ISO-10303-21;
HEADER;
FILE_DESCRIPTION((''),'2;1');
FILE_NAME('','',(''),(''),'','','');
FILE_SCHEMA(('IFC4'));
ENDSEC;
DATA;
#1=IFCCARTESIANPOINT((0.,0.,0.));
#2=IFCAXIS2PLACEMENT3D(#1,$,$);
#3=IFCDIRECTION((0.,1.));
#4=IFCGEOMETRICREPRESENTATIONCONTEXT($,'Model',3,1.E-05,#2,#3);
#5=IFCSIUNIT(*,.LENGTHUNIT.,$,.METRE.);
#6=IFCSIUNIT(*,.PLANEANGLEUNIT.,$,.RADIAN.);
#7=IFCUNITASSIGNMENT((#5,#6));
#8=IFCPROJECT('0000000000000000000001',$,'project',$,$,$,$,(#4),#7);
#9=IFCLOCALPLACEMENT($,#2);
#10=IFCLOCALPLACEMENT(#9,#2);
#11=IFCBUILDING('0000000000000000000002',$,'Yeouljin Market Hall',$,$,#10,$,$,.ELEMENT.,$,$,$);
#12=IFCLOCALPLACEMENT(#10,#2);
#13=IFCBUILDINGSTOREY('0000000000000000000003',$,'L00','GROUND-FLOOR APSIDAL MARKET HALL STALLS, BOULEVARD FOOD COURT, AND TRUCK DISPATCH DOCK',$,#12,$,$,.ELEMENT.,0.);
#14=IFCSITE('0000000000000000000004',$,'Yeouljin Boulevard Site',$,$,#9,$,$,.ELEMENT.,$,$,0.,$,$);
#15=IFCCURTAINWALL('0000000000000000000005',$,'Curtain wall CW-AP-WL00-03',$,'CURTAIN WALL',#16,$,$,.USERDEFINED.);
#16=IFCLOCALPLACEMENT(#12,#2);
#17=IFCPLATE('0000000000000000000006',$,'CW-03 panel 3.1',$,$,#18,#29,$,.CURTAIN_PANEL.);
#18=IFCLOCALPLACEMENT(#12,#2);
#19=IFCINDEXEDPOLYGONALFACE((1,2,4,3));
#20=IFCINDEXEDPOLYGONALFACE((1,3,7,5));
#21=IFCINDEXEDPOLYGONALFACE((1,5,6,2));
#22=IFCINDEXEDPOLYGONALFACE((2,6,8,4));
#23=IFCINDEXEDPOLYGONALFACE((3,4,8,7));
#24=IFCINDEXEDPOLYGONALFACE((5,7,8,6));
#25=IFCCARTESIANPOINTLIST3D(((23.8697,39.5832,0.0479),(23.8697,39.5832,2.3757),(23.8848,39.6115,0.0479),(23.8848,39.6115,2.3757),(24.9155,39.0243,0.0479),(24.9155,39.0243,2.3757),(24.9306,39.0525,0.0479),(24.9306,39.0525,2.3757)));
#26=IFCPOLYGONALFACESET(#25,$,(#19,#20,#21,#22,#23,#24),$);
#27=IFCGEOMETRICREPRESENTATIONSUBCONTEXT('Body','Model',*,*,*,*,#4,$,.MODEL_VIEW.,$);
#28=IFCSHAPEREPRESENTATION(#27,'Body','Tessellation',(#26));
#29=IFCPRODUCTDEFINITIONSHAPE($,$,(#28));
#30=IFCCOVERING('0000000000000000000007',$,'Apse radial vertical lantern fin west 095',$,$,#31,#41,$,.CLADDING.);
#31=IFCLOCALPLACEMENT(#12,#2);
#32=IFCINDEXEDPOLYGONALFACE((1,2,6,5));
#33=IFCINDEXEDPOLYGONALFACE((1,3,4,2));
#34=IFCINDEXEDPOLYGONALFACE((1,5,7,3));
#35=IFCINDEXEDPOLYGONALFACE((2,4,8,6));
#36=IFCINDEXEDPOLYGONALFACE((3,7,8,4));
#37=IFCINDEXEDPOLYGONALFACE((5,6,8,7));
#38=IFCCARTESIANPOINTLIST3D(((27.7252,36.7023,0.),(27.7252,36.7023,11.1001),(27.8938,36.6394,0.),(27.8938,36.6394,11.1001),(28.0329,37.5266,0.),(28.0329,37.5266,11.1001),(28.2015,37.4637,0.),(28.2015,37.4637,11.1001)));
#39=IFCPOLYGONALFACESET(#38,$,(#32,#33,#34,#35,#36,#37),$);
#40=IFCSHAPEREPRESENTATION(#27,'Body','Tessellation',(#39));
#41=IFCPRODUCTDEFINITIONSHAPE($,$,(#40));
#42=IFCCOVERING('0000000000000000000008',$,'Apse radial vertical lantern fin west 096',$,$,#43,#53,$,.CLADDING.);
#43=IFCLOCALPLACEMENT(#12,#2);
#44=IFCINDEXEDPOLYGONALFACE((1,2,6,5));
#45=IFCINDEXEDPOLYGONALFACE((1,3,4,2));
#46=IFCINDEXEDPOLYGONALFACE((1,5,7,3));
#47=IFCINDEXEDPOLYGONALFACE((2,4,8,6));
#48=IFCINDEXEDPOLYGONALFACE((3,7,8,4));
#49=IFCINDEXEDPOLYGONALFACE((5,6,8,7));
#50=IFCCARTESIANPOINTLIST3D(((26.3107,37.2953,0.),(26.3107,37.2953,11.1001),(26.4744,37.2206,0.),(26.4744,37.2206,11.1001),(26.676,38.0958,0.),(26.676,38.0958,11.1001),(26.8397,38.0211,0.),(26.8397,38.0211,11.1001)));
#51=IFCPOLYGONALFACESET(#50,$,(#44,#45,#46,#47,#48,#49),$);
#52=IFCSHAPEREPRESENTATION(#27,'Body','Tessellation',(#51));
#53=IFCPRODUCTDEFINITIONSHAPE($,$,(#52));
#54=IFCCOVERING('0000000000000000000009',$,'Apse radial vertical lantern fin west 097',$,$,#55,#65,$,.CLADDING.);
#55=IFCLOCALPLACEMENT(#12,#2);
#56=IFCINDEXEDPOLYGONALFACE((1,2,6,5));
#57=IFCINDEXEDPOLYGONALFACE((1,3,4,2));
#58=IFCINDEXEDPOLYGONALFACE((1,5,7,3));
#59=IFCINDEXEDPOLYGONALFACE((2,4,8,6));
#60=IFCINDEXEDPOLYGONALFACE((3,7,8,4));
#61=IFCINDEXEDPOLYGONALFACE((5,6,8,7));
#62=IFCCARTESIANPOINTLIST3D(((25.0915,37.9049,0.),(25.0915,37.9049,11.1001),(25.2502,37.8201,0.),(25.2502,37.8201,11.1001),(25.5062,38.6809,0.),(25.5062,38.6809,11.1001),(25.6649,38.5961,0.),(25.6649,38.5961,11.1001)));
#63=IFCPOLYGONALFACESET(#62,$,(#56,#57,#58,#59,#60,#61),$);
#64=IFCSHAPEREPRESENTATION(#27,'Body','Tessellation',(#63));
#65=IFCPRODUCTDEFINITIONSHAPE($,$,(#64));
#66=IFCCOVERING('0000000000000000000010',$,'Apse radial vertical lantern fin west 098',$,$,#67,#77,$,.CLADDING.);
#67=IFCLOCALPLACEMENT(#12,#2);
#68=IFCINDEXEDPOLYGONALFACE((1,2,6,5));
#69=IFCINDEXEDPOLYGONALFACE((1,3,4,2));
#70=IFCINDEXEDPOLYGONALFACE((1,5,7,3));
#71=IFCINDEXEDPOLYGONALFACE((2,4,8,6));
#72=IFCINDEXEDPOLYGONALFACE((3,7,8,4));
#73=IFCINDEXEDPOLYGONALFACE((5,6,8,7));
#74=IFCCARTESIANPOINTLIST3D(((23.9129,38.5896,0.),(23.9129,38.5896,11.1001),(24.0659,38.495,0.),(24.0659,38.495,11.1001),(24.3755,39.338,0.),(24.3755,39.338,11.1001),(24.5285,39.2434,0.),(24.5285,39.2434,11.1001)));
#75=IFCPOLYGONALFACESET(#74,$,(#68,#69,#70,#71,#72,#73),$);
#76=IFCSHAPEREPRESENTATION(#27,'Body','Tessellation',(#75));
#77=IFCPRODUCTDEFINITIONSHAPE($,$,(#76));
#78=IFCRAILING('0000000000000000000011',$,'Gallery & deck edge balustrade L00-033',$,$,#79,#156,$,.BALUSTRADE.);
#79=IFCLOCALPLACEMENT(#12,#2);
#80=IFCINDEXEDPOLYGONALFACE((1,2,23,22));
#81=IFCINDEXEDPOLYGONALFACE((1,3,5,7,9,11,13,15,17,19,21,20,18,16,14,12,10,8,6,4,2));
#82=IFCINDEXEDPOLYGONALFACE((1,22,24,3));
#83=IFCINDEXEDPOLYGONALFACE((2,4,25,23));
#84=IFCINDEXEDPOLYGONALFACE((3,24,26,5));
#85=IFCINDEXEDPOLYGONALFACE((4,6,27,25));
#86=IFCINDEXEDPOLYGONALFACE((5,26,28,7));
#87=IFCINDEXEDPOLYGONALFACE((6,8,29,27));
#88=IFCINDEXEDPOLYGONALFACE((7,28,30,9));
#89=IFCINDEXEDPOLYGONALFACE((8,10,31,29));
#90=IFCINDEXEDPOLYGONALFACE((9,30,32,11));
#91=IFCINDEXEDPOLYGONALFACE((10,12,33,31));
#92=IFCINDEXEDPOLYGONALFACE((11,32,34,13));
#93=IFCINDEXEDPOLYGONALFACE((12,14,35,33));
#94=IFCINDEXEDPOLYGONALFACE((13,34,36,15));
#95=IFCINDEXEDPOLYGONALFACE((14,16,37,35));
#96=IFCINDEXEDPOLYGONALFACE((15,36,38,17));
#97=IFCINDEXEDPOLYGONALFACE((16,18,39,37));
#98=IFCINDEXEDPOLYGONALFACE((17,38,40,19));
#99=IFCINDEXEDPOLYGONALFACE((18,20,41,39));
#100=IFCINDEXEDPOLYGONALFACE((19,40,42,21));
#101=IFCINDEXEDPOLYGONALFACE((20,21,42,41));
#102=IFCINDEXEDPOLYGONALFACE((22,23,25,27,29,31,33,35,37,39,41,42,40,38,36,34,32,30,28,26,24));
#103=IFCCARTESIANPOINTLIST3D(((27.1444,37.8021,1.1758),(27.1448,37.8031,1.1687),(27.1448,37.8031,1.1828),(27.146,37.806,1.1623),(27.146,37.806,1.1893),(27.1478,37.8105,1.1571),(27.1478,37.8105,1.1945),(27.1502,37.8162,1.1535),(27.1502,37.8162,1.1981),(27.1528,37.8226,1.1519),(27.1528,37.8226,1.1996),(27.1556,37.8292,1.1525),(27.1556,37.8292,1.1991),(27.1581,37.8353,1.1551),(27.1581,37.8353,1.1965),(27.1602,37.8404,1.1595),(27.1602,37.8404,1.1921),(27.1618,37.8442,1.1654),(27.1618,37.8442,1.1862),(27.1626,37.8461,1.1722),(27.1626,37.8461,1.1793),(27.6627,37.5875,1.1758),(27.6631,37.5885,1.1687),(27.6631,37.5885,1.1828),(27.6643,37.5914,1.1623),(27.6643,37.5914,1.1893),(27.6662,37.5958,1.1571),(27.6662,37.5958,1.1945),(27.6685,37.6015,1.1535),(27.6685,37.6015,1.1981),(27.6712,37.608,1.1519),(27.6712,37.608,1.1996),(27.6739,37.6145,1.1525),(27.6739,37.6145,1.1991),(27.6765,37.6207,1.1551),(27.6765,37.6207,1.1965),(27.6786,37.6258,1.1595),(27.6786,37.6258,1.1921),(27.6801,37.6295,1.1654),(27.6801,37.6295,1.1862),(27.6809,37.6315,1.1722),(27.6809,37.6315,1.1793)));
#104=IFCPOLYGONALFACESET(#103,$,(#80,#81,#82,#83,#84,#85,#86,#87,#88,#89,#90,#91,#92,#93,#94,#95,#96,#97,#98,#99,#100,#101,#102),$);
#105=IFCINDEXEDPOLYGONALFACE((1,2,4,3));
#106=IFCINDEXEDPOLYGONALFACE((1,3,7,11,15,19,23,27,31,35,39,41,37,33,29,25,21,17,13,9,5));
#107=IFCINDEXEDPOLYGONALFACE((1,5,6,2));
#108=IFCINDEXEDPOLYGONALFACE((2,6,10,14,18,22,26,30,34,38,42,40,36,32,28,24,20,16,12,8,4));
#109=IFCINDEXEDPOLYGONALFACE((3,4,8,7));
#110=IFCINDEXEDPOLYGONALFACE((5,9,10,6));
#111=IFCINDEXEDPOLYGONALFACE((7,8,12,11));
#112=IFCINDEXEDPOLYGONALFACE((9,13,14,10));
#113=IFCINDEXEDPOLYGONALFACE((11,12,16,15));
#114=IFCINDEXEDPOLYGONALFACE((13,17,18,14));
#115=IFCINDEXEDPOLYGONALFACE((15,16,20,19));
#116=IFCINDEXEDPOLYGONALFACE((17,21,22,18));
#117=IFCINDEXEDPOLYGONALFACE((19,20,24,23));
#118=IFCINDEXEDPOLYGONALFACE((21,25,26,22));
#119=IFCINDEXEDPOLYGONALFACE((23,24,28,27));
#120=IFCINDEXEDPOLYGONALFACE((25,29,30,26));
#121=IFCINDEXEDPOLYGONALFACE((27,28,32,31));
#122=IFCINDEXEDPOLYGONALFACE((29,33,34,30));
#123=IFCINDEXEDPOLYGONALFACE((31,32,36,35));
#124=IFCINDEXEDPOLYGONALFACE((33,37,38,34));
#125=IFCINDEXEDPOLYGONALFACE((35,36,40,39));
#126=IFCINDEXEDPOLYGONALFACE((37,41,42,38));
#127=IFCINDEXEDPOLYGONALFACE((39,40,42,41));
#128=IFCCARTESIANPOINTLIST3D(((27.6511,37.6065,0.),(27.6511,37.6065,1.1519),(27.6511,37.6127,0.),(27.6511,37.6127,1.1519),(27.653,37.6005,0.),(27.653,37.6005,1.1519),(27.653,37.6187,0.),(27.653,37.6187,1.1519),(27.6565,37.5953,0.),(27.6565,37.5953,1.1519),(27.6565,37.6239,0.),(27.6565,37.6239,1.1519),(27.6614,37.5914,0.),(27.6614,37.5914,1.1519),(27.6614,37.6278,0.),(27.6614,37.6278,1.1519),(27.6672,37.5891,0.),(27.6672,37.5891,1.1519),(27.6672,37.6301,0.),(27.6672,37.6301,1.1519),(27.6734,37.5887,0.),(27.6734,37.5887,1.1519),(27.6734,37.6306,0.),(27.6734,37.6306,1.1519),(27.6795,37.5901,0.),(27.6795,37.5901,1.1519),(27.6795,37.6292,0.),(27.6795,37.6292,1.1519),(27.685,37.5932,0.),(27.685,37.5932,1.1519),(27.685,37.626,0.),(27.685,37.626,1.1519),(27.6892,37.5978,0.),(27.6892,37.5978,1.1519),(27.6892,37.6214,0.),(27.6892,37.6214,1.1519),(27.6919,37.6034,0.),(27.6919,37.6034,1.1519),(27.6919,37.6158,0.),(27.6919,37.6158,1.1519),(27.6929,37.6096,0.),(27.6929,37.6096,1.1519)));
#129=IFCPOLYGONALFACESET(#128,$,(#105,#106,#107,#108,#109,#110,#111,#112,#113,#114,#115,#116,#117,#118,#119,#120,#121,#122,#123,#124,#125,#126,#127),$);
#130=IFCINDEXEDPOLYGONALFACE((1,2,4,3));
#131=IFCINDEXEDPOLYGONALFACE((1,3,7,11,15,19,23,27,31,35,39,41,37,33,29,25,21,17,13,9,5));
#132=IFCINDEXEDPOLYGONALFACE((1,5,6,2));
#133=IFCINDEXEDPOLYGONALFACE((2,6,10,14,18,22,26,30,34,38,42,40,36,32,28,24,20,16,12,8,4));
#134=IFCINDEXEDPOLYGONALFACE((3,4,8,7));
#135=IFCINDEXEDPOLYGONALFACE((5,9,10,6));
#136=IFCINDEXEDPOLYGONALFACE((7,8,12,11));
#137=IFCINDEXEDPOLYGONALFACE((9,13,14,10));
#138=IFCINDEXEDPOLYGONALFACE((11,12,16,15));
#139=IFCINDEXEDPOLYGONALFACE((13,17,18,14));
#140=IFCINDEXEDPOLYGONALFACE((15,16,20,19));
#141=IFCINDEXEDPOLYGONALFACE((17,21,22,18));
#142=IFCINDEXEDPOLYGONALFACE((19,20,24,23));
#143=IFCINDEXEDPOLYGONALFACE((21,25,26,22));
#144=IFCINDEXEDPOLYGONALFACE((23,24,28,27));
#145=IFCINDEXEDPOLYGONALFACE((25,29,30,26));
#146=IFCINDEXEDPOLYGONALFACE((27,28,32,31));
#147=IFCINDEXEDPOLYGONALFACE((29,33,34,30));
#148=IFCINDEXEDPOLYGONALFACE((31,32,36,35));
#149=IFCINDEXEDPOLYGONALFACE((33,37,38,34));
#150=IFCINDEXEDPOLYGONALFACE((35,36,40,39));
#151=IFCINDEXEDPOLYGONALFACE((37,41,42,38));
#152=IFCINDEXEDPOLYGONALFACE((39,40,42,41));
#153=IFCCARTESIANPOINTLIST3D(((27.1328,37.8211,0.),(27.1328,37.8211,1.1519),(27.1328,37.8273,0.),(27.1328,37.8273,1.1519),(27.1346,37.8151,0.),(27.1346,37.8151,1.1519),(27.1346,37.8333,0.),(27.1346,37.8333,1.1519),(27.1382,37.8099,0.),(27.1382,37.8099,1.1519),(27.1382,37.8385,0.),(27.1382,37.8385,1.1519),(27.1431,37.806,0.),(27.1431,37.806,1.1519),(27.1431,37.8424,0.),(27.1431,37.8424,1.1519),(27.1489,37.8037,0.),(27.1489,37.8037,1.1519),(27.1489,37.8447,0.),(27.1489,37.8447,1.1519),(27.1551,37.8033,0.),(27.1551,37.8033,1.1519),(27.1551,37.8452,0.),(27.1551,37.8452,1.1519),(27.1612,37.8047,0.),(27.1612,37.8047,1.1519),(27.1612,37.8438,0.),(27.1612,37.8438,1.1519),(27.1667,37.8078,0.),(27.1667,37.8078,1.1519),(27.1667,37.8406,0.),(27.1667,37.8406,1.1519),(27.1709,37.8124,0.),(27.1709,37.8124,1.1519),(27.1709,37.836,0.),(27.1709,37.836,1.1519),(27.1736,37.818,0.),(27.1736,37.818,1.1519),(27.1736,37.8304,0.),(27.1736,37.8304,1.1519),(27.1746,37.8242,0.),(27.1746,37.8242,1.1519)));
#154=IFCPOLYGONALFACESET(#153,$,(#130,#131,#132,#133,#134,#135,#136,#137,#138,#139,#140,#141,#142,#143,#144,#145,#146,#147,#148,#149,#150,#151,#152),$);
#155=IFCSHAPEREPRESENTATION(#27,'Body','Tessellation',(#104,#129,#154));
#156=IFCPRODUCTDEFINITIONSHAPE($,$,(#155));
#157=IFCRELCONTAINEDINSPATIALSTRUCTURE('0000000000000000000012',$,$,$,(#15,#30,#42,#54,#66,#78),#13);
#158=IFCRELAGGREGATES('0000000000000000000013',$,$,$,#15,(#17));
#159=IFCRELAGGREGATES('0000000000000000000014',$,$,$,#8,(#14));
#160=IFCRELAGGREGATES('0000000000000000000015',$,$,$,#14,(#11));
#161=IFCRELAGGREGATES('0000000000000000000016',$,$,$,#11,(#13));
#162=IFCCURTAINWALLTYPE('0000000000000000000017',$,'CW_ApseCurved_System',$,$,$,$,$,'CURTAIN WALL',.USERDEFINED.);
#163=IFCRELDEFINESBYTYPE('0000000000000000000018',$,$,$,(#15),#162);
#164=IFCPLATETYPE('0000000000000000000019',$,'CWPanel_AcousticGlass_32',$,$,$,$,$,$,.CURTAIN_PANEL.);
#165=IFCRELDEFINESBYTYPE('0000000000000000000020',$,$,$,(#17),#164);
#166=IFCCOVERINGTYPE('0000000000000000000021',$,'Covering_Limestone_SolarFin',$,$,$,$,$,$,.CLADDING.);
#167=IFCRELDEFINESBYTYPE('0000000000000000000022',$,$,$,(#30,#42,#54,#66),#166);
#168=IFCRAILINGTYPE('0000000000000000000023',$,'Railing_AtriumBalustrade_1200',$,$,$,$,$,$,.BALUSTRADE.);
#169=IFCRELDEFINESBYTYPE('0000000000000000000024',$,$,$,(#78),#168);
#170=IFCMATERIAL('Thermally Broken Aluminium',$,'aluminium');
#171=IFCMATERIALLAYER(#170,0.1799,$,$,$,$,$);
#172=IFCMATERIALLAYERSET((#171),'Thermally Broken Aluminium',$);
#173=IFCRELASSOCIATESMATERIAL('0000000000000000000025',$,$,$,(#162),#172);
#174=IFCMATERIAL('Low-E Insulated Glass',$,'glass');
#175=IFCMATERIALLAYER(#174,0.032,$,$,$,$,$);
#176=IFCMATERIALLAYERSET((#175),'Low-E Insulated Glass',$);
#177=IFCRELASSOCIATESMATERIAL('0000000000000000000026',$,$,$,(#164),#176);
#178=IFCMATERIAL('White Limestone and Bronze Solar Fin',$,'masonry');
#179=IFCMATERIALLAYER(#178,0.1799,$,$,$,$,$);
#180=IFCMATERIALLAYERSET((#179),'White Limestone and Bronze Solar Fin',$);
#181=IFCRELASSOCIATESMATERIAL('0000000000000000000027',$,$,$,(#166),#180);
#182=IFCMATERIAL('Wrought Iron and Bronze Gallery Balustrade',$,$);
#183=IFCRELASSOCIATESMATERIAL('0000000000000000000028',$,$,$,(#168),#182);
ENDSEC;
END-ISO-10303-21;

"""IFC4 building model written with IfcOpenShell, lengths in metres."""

from ifc_helpers import new_model, si_unit, direction, frame, origin, origin_2d, place, context, subcontext, project, spatial, rectangle, circle, extrude, material, layer, layer_set, type_object, element, aggregate, save


model = new_model("IFC4")

# Units and contexts
model_context = context("Model", 3, precision=1e-05, world=origin(), true_north=direction((0.0, 1.0)))
body_context = subcontext(model_context, "Body", "Model", "MODEL_VIEW")
ifc_project = project(units=[si_unit("LENGTHUNIT", "METRE"), si_unit("PLANEANGLEUNIT", "RADIAN")], contexts=[model_context])

# Site, building, storey
site_placement = place(None, origin())
site = spatial("IfcSite", under=ifc_project, at=site_placement, Name="Yeouljin Boulevard Site", CompositionType="ELEMENT", RefElevation=0.0)
building_placement = place(site_placement, origin())
building = spatial("IfcBuilding", under=site, at=building_placement, Name="Yeouljin Market Hall", CompositionType="ELEMENT")
storey_placement = place(building_placement, origin())
storey = spatial("IfcBuildingStorey", under=building, at=storey_placement, Name="L00", Description="GROUND-FLOOR APSIDAL MARKET HALL STALLS, BOULEVARD FOOD COURT, AND TRUCK DISPATCH DOCK", CompositionType="ELEMENT", Elevation=0.0)

# Shared definitions
ifc_material_1 = material(Name="Thermally Broken Aluminium", Category="aluminium")
ifc_layer_1 = layer(ifc_material_1, 0.1799)
ifc_layer_set_1 = layer_set([ifc_layer_1], Name="Thermally Broken Aluminium")
curtain_wall_type = type_object("IfcCurtainWallType", Name="CW_ApseCurved_System", ElementType="CURTAIN WALL", PredefinedType="USERDEFINED", material=ifc_layer_set_1)

# Curtain wall
curtain_wall_1_placement = place(storey_placement, origin())
curtain_wall_1 = element("IfcCurtainWall", 1, at=curtain_wall_1_placement, inside=storey, type_object=curtain_wall_type, Name="Curtain wall CW-AP-WL00-03", ObjectType="CURTAIN WALL", PredefinedType="USERDEFINED")

# Plate
ifc_material_2 = material(Name="Low-E Insulated Glass", Category="glass")
ifc_layer_2 = layer(ifc_material_2, 0.032)
ifc_layer_set_2 = layer_set([ifc_layer_2], Name="Low-E Insulated Glass")
plate_type = type_object("IfcPlateType", Name="CWPanel_AcousticGlass_32", PredefinedType="CURTAIN_PANEL", material=ifc_layer_set_2)
plate_1_placement = place(storey_placement, frame((24.4001, 39.3179, 0.0479), z_axis=(0.0, 0.0, 1.0), x_axis=(-0.881931, 0.471378, 0.0)))
plate_1 = element("IfcPlate", 2, at=plate_1_placement, type_object=plate_type, Name="CW-03 panel 3.1", PredefinedType="CURTAIN_PANEL", context=body_context, shape_type="SweptSolid", body=[
    extrude(rectangle(XDim=1.1858, YDim=0.032, at=origin_2d()), origin(), (0.0, 0.0, 1.0), 2.3279),
])
aggregate(curtain_wall_1, [plate_1])

# Coverings
ifc_material_3 = material(Name="White Limestone and Bronze Solar Fin", Category="masonry")
ifc_layer_3 = layer(ifc_material_3, 0.1799)
ifc_layer_set_3 = layer_set([ifc_layer_3], Name="White Limestone and Bronze Solar Fin")
covering_type = type_object("IfcCoveringType", Name="Covering_Limestone_SolarFin", PredefinedType="CLADDING", material=ifc_layer_set_3)
for number, where, z_axis, x_axis, name in (
    (3, (27.9634, 37.083, 0.0), (0.0, 0.0, 1.0), (-0.349717, -0.936855, 0.0), "Apse radial vertical lantern fin west 095"),
    (4, (26.5752, 37.6582, 0.0), (0.0, 0.0, 1.0), (-0.41517, -0.909744, 0.0), "Apse radial vertical lantern fin west 096"),
    (5, (25.3782, 38.2505, 0.0), (0.0, 0.0, 1.0), (-0.47132, -0.881962, 0.0), "Apse radial vertical lantern fin west 097"),
    (6, (24.2207, 38.9165, 0.0), (0.0, 0.0, 1.0), (-0.525769, -0.850628, 0.0), "Apse radial vertical lantern fin west 098"),
):
    element("IfcCovering", number, at=place(storey_placement, frame(where, z_axis=z_axis, x_axis=x_axis)), inside=storey, type_object=covering_type, Name=name, PredefinedType="CLADDING", context=body_context, shape_type="SweptSolid", body=[
        extrude(rectangle(XDim=0.8799, YDim=0.1799, at=origin_2d()), origin(), (0.0, 0.0, 1.0), 11.1001),
    ])

# Railing
ifc_material_4 = material(Name="Wrought Iron and Bronze Gallery Balustrade")
railing_type = type_object("IfcRailingType", Name="Railing_AtriumBalustrade_1200", PredefinedType="BALUSTRADE", material=ifc_material_4)
railing_placement = place(storey_placement, frame((27.6719, 37.6096, 0.0)))
element("IfcRailing", 7, at=railing_placement, inside=storey, type_object=railing_type, Name="Gallery & deck edge balustrade L00-033", PredefinedType="BALUSTRADE", context=body_context, shape_type="SweptSolid", body=[
    extrude(circle(Radius=0.0239, at=origin_2d()), frame((0.0, 0.0, 1.1758), z_axis=(-0.923937, 0.382544, 0.0), x_axis=(-0.382544, -0.923937, 0.0)), (0.0, 0.0, 1.0), 0.561),
    extrude(circle(Radius=0.021, at=origin_2d()), origin(), (0.0, 0.0, 1.0), 1.1519),
    extrude(circle(Radius=0.021, at=origin_2d()), frame((-0.5183, 0.2146, 0.0)), (0.0, 0.0, 1.0), 1.1519),
])

save(model, "model.ifc")
